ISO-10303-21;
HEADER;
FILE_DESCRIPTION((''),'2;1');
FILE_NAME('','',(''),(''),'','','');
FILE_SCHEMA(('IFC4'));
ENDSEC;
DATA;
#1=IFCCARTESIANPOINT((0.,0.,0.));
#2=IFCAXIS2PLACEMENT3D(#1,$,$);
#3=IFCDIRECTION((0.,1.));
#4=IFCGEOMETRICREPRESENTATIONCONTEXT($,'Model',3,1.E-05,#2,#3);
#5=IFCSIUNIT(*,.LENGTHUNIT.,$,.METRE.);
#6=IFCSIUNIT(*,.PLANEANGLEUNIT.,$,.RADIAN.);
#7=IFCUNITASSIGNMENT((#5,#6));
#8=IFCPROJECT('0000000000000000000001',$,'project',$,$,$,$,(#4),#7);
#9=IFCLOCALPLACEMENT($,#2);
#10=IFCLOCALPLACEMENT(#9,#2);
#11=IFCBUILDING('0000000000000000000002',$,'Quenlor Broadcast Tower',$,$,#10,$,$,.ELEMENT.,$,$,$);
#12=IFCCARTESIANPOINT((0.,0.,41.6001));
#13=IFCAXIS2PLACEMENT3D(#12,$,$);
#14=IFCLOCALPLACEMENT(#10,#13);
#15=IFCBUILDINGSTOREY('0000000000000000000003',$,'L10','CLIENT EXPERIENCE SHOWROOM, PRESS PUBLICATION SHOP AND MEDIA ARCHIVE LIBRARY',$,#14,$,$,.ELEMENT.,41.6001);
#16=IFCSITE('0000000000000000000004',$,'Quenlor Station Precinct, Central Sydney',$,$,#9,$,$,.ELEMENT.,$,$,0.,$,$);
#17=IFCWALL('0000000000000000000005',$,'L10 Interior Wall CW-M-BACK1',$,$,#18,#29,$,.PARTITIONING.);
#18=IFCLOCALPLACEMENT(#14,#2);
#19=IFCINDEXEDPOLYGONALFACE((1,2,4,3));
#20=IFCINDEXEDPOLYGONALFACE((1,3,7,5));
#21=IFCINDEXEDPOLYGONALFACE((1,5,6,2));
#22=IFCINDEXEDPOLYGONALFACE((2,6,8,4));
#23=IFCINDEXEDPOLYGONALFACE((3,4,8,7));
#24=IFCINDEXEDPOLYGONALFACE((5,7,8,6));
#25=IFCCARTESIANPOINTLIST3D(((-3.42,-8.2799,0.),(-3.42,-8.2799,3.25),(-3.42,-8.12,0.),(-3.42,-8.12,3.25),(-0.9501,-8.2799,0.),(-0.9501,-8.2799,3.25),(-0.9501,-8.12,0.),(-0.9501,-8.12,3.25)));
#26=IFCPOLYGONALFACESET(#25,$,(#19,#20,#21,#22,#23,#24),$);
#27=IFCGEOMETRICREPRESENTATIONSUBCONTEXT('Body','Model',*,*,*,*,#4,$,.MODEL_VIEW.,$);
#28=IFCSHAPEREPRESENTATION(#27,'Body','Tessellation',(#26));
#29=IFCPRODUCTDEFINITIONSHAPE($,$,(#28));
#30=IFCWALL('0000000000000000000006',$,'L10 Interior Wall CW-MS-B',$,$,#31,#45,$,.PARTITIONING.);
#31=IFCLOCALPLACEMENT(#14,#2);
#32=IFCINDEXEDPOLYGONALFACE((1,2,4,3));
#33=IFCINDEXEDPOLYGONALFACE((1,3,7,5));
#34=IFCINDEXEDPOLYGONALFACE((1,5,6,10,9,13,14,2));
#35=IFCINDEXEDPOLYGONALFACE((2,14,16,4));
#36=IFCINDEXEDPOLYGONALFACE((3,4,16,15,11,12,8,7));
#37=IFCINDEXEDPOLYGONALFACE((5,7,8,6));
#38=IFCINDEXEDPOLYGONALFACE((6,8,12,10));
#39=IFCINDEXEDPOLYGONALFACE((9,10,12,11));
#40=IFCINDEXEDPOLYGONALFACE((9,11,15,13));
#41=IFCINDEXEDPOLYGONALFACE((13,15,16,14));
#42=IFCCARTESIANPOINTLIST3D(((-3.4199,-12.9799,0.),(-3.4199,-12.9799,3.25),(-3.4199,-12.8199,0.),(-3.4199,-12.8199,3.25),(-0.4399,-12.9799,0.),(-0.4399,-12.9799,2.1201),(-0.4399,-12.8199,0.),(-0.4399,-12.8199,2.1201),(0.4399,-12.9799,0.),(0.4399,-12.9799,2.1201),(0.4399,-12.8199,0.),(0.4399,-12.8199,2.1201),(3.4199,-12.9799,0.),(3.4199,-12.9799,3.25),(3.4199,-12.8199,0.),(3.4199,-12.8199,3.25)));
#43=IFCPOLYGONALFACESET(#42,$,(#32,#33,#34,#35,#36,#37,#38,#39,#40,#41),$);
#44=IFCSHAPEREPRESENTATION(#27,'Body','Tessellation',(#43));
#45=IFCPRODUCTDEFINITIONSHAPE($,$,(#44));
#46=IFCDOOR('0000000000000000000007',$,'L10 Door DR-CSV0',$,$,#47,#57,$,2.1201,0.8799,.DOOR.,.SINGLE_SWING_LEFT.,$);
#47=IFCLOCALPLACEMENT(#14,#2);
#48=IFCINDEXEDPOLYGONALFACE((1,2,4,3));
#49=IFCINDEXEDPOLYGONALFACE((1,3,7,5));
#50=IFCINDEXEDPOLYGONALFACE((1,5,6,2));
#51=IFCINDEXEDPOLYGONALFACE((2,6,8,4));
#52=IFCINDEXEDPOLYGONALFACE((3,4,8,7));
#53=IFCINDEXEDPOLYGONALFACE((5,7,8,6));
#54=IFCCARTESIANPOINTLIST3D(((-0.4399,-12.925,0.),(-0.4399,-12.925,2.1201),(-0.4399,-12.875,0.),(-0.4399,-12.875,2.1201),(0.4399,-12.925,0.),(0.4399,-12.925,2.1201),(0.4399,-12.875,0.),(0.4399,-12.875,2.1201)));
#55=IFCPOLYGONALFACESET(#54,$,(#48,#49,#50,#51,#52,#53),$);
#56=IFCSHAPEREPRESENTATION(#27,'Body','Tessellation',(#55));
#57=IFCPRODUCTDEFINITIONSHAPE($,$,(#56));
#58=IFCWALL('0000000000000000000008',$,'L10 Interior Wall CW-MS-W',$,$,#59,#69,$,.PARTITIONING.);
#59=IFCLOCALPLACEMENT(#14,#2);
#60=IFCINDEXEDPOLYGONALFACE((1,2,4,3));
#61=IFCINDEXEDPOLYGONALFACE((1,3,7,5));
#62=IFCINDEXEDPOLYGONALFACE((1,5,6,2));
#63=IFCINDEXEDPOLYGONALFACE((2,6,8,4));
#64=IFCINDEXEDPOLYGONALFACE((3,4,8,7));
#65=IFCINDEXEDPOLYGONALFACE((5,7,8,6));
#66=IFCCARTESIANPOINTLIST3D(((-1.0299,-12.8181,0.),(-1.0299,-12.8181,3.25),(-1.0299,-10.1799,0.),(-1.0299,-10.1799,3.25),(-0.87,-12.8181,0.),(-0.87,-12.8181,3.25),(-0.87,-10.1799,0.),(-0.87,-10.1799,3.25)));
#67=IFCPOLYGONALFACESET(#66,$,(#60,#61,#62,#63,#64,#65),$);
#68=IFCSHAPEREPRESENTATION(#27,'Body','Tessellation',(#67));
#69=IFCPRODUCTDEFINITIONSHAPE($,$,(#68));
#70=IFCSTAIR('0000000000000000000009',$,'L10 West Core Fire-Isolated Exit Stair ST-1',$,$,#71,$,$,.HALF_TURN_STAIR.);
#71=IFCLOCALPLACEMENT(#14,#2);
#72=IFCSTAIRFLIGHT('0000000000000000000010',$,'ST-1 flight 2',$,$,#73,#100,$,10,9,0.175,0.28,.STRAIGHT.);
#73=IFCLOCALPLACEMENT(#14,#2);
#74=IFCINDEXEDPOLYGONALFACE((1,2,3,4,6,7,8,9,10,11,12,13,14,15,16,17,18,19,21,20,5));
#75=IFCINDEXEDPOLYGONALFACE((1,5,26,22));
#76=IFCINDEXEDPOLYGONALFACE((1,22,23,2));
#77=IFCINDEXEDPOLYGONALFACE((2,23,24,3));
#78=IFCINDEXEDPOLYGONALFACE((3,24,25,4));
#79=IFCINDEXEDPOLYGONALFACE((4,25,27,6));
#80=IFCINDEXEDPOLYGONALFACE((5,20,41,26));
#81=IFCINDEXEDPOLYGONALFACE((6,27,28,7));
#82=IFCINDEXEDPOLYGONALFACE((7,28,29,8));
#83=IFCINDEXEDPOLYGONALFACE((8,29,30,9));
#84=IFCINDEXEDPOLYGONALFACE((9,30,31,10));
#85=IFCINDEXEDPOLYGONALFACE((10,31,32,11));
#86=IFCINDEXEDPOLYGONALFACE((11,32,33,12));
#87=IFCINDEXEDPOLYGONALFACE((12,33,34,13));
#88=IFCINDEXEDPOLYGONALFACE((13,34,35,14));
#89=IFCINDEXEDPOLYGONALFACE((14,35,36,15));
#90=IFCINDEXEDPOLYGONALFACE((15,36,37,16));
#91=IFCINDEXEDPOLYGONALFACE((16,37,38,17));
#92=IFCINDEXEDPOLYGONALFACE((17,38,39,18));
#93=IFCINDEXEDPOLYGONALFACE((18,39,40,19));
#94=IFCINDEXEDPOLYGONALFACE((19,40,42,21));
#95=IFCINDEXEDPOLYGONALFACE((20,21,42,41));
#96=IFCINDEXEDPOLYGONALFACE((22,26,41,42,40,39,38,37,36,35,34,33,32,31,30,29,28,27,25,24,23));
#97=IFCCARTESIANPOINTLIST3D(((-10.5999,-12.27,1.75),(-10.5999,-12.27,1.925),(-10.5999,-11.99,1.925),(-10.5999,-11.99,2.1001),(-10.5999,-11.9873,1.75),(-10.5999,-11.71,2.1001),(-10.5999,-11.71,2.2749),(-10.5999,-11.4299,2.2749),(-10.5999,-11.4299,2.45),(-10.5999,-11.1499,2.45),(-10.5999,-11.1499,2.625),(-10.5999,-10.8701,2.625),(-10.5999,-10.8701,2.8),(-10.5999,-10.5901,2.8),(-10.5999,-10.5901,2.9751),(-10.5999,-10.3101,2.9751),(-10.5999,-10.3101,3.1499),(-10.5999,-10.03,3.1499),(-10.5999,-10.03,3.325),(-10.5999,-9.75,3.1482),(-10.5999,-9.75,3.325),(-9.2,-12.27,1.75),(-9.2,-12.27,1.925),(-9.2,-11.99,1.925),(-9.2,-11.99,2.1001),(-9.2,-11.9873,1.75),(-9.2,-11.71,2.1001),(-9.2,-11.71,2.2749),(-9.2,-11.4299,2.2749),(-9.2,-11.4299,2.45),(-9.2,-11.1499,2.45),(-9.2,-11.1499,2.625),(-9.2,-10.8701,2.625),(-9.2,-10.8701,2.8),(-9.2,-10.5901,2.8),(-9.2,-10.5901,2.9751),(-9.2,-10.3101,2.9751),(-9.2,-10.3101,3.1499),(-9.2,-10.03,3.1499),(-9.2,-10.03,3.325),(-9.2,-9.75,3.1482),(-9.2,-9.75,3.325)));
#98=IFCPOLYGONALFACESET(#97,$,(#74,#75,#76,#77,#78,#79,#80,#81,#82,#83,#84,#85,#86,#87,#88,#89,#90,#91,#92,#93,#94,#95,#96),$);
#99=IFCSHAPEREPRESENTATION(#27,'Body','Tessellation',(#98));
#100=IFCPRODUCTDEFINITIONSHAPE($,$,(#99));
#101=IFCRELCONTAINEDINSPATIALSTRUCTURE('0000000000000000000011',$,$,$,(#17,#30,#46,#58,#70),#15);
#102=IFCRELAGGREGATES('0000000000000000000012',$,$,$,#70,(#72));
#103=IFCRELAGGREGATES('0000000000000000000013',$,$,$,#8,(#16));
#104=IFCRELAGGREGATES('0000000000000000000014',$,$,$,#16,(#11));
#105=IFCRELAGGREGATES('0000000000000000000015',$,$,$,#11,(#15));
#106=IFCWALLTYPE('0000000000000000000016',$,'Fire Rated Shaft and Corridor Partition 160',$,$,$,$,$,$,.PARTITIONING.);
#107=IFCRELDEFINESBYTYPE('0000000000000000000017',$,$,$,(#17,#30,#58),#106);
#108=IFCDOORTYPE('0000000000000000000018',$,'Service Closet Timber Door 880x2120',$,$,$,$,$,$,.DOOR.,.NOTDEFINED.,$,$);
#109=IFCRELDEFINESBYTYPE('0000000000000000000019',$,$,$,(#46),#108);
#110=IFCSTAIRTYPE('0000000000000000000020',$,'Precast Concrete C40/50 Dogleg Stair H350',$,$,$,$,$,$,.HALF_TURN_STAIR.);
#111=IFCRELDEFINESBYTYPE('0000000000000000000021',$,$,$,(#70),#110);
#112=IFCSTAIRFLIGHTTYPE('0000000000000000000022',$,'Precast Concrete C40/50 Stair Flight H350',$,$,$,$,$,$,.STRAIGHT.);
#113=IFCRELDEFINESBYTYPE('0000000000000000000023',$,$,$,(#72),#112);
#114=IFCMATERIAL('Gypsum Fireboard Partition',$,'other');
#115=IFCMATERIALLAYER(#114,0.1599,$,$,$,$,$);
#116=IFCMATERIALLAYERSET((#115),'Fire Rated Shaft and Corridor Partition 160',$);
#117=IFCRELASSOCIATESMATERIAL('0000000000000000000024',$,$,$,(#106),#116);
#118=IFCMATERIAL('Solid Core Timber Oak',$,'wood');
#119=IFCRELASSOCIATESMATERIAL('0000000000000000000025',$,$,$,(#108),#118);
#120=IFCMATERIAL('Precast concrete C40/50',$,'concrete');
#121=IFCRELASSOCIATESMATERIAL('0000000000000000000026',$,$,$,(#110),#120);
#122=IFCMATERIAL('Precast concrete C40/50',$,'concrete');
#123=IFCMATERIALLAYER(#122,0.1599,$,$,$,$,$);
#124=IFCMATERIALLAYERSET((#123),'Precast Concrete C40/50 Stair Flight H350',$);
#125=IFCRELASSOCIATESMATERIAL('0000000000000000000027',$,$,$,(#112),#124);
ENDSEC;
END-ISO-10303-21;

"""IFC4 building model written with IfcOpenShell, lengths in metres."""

from ifc_helpers import new_model, si_unit, direction, frame, frame_2d, origin, place, context, subcontext, project, spatial, polyline, rectangle, outline, extrude, material, layer, layer_set, type_object, element, fill, aggregate, save


model = new_model("IFC4")

# Units and contexts
model_context = context("Model", 3, precision=1e-05, world=origin(), true_north=direction((0.0, 1.0)))
body_context = subcontext(model_context, "Body", "Model", "MODEL_VIEW")
ifc_project = project(units=[si_unit("LENGTHUNIT", "METRE"), si_unit("PLANEANGLEUNIT", "RADIAN")], contexts=[model_context])

# Site, building, storey
site_placement = place(None, origin())
site = spatial("IfcSite", under=ifc_project, at=site_placement, Name="Quenlor Station Precinct, Central Sydney", CompositionType="ELEMENT", RefElevation=0.0)
building_placement = place(site_placement, origin())
building = spatial("IfcBuilding", under=site, at=building_placement, Name="Quenlor Broadcast Tower", CompositionType="ELEMENT")
storey_placement = place(building_placement, frame((0.0, 0.0, 41.6001)))
storey = spatial("IfcBuildingStorey", under=building, at=storey_placement, Name="L10", Description="CLIENT EXPERIENCE SHOWROOM, PRESS PUBLICATION SHOP AND MEDIA ARCHIVE LIBRARY", CompositionType="ELEMENT", Elevation=41.6001)

# Wall
ifc_material_1 = material(Name="Gypsum Fireboard Partition", Category="other")
ifc_layer_1 = layer(ifc_material_1, 0.1599)
ifc_layer_set_1 = layer_set([ifc_layer_1], Name="Fire Rated Shaft and Corridor Partition 160")
wall_type_1 = type_object("IfcWallType", Name="Fire Rated Shaft and Corridor Partition 160", PredefinedType="PARTITIONING", material=ifc_layer_set_1)
wall_1_placement = place(storey_placement, frame((-3.4199, -8.2, 0.0), z_axis=(0.0, 0.0, 1.0), x_axis=(1.0, 0.0, 0.0)))
element("IfcWall", 1, at=wall_1_placement, inside=storey, type_object=wall_type_1, Name="L10 Interior Wall CW-M-BACK1", PredefinedType="PARTITIONING", context=body_context, shape_type="SweptSolid", body=[
    extrude(rectangle(XDim=2.47, YDim=0.1599, at=frame_2d((1.2349, 0.0))), origin(), (0.0, 0.0, 1.0), 3.25),
])

# Wall, opening, door
wall_2_placement = place(storey_placement, frame((-3.4199, -12.8999, 0.0), z_axis=(0.0, 0.0, 1.0), x_axis=(1.0, 0.0, 0.0)))
wall_2 = element("IfcWall", 2, at=wall_2_placement, inside=storey, type_object=wall_type_1, Name="L10 Interior Wall CW-MS-B", PredefinedType="PARTITIONING", context=body_context, shape_type="SweptSolid", body=[
    extrude(rectangle(XDim=6.8398, YDim=0.1599, at=frame_2d((3.4199, 0.0))), origin(), (0.0, 0.0, 1.0), 3.25),
])
opening_1_placement = place(wall_2_placement, frame((2.98, 0.0, 0.0)))
opening_1 = element("IfcOpeningElement", 3, at=opening_1_placement, cuts=wall_2, PredefinedType="OPENING", context=body_context, shape_type="SweptSolid", body=[
    extrude(rectangle(XDim=0.8799, YDim=2.1201, at=frame_2d((0.4399, 1.0601))), frame((0.0, 0.0898, 0.0), z_axis=(0.0, -1.0, 0.0), x_axis=(1.0, 0.0, 0.0)), (0.0, 0.0, 1.0), 0.1799),
])
ifc_material_2 = material(Name="Solid Core Timber Oak", Category="wood")
door_type_1 = type_object("IfcDoorType", Name="Service Closet Timber Door 880x2120", OperationType="NOTDEFINED", PredefinedType="DOOR", material=ifc_material_2)
door_1_placement = place(opening_1_placement, origin())
door_1 = element("IfcDoor", 4, at=door_1_placement, inside=storey, type_object=door_type_1, Name="L10 Door DR-CSV0", OperationType="SINGLE_SWING_LEFT", OverallHeight=2.1201, OverallWidth=0.8799, PredefinedType="DOOR", context=body_context, shape_type="SweptSolid", body=[
    extrude(rectangle(XDim=0.8799, YDim=2.1201, at=frame_2d((0.4399, 1.0601))), frame((0.0, 0.0249, 0.0), z_axis=(0.0, -1.0, 0.0), x_axis=(1.0, 0.0, 0.0)), (0.0, 0.0, 1.0), 0.05),
])
fill(opening_1, door_1)

# Wall
wall_3_placement = place(storey_placement, frame((-0.95, -12.8181, 0.0), z_axis=(0.0, 0.0, 1.0), x_axis=(0.0, 1.0, 0.0)))
element("IfcWall", 5, at=wall_3_placement, inside=storey, type_object=wall_type_1, Name="L10 Interior Wall CW-MS-W", PredefinedType="PARTITIONING", context=body_context, shape_type="SweptSolid", body=[
    extrude(rectangle(XDim=2.6382, YDim=0.1599, at=frame_2d((1.3191, 0.0))), origin(), (0.0, 0.0, 1.0), 3.25),
])

# Stair, stair flight
ifc_material_3 = material(Name="Precast concrete C40/50", Category="concrete")
stair_type = type_object("IfcStairType", Name="Precast Concrete C40/50 Dogleg Stair H350", PredefinedType="HALF_TURN_STAIR", material=ifc_material_3)
stair_placement = place(storey_placement, origin())
stair = element("IfcStair", 6, at=stair_placement, inside=storey, type_object=stair_type, Name="L10 West Core Fire-Isolated Exit Stair ST-1", PredefinedType="HALF_TURN_STAIR")
ifc_material_4 = material(Name="Precast concrete C40/50", Category="concrete")
ifc_layer_2 = layer(ifc_material_4, 0.1599)
ifc_layer_set_2 = layer_set([ifc_layer_2], Name="Precast Concrete C40/50 Stair Flight H350")
stair_flight_type = type_object("IfcStairFlightType", Name="Precast Concrete C40/50 Stair Flight H350", PredefinedType="STRAIGHT", material=ifc_layer_set_2)
stair_flight_placement = place(storey_placement, frame((-9.8999, -12.27, 1.75), z_axis=(0.0, 0.0, 1.0), x_axis=(0.0, 1.0, 0.0)))
stair_flight = element("IfcStairFlight", 7, at=stair_flight_placement, type_object=stair_flight_type, Name="ST-1 flight 2", NumberOfRisers=10, NumberOfTreads=9, PredefinedType="STRAIGHT", RiserHeight=0.175, TreadLength=0.28, context=body_context, shape_type="SweptSolid", body=[
    extrude(outline(polyline([(0.0, 0.0), (0.0, 0.175), (0.28, 0.175), (0.28, 0.3501), (0.5601, 0.3501), (0.5601, 0.5249), (0.8401, 0.5249), (0.8401, 0.7), (1.1201, 0.7), (1.1201, 0.875), (1.3999, 0.875), (1.3999, 1.05), (1.6799, 1.05), (1.6799, 1.2251), (1.96, 1.2251), (1.96, 1.3999), (2.24, 1.3999), (2.24, 1.575), (2.52, 1.575), (2.52, 1.75), (2.52, 1.3982), (0.2827, 0.0), (0.0, 0.0)])), frame((0.0, 0.7, 0.0), z_axis=(0.0, -1.0, 0.0), x_axis=(1.0, 0.0, 0.0)), (0.0, 0.0, 1.0), 1.3999),
])
aggregate(stair, [stair_flight])

save(model, "model.ifc")
